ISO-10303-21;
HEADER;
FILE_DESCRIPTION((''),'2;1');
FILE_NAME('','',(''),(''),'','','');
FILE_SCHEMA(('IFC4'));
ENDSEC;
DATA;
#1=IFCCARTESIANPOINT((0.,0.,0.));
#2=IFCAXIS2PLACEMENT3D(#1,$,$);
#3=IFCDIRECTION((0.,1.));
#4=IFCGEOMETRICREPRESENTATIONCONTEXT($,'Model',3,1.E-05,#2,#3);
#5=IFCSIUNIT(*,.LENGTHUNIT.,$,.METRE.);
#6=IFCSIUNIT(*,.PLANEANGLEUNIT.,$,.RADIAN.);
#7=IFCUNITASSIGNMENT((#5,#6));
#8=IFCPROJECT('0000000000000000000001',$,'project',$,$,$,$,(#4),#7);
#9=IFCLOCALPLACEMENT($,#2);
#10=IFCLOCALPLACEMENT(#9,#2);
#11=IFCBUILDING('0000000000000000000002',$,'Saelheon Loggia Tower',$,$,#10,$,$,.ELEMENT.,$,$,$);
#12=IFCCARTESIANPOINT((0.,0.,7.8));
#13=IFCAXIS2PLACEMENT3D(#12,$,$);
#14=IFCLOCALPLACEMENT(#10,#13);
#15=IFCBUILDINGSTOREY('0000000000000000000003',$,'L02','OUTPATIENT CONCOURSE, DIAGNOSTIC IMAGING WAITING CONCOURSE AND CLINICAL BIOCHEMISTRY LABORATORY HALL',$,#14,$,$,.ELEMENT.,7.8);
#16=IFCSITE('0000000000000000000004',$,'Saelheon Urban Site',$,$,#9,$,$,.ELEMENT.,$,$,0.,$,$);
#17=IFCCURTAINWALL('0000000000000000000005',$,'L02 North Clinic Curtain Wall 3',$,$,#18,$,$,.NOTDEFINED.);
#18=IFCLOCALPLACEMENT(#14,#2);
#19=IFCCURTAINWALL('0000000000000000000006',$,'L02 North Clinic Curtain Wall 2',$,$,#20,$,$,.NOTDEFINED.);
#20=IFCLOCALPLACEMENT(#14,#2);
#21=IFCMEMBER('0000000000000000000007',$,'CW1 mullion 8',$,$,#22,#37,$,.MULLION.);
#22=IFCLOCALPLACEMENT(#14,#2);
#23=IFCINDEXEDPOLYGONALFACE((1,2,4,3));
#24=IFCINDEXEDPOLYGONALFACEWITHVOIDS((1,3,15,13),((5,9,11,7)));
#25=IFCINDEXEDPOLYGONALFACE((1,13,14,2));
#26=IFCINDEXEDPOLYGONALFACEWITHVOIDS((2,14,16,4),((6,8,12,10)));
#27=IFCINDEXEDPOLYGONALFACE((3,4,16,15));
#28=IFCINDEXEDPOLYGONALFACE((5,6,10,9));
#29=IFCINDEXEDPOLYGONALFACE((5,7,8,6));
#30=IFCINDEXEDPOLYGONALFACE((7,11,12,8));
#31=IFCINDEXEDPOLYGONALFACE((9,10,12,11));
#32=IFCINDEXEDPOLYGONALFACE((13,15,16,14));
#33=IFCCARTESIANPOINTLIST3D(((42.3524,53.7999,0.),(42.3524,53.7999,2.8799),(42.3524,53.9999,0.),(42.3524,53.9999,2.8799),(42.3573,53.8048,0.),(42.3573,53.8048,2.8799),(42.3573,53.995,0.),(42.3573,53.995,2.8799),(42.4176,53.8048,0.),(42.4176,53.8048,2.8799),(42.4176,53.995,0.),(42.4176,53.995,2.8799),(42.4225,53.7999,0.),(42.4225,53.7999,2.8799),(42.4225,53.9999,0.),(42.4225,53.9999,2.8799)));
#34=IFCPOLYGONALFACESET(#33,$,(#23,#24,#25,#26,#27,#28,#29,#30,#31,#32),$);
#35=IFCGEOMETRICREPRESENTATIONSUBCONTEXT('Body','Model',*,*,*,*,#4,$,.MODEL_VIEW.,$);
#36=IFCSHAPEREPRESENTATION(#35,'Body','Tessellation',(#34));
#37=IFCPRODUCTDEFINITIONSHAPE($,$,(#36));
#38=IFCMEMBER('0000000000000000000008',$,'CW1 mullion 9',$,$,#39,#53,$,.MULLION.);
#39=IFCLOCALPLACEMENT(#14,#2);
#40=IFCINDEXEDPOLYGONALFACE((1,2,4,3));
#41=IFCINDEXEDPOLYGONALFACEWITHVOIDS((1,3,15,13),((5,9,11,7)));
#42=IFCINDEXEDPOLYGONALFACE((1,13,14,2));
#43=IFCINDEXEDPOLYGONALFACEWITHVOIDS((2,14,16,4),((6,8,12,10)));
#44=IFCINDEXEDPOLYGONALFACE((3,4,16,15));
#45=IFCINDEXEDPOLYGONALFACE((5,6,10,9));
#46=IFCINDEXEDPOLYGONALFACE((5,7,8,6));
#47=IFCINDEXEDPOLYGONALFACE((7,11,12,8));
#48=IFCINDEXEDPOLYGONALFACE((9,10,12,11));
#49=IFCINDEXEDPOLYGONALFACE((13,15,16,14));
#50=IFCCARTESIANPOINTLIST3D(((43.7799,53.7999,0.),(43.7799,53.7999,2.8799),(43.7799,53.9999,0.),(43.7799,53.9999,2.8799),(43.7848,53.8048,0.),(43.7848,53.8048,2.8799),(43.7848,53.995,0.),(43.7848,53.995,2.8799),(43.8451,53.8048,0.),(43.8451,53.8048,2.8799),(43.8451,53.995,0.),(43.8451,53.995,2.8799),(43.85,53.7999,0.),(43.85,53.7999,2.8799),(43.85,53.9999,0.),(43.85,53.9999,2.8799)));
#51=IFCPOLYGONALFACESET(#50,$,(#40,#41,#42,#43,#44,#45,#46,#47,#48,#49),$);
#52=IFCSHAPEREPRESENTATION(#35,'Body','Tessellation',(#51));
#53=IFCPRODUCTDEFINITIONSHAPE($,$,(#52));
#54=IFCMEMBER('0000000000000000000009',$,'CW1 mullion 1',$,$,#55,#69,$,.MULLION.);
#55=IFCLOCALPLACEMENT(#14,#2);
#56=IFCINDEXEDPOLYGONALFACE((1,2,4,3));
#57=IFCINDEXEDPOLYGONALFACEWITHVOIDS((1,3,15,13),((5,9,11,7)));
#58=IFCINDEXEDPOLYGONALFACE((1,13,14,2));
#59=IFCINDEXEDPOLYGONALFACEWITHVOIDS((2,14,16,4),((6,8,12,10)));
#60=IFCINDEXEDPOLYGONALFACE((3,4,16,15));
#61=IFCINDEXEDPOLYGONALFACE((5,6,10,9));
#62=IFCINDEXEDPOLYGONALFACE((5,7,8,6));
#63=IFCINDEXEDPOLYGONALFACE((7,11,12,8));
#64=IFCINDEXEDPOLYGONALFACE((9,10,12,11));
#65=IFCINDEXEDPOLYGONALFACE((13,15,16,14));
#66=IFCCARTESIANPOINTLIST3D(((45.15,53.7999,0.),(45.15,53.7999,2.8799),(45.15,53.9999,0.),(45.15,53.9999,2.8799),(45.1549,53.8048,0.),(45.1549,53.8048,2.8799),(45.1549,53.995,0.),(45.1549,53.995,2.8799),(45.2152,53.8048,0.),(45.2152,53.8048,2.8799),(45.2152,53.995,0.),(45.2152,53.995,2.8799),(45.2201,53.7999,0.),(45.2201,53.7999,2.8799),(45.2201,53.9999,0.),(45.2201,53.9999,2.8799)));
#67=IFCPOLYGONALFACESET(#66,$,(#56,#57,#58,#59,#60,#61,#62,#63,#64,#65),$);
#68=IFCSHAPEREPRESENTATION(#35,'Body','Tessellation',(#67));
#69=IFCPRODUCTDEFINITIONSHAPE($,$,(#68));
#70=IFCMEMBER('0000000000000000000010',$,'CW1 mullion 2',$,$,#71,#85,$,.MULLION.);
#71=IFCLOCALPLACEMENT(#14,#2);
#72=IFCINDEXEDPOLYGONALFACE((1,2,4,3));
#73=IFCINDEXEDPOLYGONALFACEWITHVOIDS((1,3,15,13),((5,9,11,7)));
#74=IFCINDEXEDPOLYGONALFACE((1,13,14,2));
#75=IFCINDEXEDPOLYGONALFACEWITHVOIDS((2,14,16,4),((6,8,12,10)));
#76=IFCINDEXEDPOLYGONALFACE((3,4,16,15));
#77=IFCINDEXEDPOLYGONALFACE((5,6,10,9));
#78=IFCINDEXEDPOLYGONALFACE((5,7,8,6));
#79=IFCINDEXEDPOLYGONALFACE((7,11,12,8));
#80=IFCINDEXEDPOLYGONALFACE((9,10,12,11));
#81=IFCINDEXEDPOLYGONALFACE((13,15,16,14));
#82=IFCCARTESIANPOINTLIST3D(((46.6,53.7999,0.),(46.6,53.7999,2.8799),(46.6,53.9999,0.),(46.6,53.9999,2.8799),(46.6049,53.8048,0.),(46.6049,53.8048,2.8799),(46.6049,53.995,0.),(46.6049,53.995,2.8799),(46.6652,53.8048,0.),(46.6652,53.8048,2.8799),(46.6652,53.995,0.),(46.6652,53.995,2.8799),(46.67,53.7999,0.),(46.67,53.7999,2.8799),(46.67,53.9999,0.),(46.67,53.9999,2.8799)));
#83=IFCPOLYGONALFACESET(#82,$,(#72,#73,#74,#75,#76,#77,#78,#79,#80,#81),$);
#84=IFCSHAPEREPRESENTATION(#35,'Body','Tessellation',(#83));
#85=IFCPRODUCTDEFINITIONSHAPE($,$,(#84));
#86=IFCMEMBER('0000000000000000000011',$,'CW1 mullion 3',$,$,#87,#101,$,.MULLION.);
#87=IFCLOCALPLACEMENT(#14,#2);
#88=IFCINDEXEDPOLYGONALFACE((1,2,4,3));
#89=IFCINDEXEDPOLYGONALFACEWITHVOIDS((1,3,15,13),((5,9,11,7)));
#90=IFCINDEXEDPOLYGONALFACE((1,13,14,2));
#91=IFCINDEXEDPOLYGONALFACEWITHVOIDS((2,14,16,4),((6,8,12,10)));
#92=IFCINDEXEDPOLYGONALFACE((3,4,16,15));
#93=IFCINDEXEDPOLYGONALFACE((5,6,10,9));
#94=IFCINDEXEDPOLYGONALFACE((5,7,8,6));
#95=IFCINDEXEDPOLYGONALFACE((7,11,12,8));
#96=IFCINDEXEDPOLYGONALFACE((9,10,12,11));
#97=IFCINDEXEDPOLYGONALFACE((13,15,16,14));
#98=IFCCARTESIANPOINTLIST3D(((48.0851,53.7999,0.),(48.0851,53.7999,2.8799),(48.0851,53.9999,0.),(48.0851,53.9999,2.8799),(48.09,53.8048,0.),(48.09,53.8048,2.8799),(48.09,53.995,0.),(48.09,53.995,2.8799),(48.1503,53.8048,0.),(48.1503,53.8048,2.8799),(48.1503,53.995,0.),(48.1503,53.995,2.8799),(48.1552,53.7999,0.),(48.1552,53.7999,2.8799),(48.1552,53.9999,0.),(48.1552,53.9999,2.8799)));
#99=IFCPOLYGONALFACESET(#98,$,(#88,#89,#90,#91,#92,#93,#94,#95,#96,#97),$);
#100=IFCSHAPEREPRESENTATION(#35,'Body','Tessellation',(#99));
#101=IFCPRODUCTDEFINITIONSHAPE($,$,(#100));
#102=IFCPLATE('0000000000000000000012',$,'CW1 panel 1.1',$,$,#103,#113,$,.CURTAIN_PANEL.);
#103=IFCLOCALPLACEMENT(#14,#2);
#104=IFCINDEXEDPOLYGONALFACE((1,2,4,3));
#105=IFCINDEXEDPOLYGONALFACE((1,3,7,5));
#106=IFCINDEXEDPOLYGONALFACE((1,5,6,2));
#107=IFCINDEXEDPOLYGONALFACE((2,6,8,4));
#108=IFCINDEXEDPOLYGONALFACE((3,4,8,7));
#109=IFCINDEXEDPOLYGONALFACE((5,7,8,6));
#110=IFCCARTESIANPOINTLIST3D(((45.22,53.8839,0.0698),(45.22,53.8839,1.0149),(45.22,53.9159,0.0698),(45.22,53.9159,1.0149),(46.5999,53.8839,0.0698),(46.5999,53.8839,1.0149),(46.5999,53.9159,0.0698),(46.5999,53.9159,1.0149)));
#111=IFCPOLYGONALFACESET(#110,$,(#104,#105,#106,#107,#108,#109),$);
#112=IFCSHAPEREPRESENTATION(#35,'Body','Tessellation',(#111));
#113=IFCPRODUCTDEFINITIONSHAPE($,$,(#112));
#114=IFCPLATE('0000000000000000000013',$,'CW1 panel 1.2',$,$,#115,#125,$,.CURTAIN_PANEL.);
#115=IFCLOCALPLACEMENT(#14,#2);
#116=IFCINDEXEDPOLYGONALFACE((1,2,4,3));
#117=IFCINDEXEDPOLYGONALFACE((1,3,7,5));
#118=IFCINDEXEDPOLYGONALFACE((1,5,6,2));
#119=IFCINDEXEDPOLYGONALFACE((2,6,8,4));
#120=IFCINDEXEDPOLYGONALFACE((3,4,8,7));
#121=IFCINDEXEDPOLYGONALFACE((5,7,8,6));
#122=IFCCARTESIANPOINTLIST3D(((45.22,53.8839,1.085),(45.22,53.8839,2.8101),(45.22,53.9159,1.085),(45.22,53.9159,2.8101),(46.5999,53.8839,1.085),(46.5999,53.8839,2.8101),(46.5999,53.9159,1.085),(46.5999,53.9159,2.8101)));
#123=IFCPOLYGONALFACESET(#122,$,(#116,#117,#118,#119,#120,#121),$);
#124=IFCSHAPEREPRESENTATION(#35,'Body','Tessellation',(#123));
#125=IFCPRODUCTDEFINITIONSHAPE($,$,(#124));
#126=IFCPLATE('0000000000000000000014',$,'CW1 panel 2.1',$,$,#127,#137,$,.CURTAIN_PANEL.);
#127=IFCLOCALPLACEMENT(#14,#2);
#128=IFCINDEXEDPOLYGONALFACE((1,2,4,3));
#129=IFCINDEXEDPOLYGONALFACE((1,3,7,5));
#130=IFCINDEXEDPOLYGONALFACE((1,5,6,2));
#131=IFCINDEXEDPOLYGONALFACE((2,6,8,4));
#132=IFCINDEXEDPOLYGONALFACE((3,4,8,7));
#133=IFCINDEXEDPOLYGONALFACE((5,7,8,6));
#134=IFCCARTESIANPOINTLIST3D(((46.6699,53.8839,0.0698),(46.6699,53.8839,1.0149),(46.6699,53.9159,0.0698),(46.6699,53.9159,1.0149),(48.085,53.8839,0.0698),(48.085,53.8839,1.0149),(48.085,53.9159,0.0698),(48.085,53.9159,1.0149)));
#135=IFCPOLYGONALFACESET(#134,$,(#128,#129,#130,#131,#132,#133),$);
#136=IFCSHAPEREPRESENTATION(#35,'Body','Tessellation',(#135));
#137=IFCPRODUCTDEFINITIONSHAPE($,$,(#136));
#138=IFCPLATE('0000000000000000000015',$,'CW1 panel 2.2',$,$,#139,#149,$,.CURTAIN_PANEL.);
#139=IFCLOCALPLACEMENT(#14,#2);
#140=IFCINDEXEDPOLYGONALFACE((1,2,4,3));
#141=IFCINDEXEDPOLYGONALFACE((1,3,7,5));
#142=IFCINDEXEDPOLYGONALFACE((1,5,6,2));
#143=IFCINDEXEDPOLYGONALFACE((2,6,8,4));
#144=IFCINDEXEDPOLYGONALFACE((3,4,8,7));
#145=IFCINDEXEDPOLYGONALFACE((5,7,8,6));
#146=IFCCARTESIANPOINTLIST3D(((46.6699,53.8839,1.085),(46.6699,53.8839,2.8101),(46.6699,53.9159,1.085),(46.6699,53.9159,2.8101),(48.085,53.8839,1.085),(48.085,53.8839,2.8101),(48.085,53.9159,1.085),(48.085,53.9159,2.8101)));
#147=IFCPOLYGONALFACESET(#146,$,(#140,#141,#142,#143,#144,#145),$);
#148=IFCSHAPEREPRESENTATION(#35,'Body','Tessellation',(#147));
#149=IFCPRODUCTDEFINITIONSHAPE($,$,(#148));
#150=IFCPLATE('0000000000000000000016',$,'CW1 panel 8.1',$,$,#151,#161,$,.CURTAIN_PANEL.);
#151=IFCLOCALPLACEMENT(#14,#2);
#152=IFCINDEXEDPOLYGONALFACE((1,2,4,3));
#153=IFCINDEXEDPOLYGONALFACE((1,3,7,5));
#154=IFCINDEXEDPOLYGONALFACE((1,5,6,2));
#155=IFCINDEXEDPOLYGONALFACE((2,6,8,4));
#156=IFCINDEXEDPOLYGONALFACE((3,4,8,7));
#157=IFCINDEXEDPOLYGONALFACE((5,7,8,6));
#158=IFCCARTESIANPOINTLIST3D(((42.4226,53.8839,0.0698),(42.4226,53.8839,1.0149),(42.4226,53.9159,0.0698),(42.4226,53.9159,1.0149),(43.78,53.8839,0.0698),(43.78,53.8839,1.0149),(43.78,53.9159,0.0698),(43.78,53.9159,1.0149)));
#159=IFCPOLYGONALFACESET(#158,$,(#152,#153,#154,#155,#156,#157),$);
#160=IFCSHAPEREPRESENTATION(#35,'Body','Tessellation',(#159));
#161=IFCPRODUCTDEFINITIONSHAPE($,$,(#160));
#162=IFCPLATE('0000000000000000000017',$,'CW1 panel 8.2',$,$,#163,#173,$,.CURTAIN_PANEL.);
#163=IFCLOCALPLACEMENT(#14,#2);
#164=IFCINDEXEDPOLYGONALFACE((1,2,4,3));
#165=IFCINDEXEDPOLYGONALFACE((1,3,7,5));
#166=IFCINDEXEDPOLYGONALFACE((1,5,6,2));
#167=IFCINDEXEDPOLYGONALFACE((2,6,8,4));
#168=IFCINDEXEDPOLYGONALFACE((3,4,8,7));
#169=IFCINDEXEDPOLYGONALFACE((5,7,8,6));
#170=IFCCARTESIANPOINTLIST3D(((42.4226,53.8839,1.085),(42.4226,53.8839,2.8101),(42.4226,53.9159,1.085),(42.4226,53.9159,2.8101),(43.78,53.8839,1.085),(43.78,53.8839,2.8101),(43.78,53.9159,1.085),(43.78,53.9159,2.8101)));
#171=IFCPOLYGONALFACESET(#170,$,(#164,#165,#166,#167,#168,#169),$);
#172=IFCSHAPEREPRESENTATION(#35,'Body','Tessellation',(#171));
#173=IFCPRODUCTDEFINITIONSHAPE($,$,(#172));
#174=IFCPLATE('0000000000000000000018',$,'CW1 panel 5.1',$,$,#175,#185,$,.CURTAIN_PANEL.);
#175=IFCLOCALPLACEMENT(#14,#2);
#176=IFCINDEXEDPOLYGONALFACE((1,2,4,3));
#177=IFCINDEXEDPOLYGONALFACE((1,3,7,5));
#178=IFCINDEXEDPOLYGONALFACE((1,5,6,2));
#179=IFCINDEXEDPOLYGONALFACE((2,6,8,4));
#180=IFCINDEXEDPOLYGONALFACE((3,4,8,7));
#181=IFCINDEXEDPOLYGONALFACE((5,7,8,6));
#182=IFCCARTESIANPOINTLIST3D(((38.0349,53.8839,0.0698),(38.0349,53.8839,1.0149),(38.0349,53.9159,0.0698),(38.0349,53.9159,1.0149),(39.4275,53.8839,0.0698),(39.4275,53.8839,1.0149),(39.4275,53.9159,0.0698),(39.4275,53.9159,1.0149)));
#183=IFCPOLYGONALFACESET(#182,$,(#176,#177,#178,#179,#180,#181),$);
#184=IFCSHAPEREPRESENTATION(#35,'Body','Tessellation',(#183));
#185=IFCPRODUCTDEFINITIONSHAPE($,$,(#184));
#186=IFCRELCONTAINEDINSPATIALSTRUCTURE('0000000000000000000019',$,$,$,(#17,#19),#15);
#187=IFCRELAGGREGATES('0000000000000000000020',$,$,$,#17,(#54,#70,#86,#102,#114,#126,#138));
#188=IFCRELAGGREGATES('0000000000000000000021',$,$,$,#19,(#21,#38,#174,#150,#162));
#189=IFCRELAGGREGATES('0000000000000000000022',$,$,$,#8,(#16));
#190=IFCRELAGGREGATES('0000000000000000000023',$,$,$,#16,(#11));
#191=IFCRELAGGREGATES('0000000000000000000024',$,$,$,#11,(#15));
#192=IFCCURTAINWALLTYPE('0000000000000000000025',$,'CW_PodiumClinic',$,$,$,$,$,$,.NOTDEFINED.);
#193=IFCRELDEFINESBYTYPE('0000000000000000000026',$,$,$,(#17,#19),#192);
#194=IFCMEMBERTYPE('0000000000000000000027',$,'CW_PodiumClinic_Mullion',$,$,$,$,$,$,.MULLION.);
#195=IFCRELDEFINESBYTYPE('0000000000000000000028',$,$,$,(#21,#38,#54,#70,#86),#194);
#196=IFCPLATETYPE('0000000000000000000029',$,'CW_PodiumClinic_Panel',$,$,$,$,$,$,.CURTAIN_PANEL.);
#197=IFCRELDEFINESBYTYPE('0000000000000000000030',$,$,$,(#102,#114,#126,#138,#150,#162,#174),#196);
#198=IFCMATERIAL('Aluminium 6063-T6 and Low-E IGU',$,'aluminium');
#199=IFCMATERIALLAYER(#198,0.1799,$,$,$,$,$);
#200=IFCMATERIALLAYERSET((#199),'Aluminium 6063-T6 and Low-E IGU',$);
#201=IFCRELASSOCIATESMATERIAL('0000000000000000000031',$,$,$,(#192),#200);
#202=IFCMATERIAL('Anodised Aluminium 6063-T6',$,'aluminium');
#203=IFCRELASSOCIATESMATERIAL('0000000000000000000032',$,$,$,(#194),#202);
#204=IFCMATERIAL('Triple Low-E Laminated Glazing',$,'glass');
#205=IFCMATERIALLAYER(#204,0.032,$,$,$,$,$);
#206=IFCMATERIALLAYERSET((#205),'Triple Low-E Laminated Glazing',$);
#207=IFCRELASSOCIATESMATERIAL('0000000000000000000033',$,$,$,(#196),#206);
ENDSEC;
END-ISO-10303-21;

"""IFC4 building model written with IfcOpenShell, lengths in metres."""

from ifc_helpers import new_model, si_unit, direction, frame, origin, origin_2d, place, context, subcontext, project, spatial, rectangle, hollow_rectangle, extrude, source, transform, mapped, material, layer, layer_set, material_profile, profile_set, type_object, element, aggregate, save


model = new_model("IFC4")

# Units and contexts
model_context = context("Model", 3, precision=1e-05, world=origin(), true_north=direction((0.0, 1.0)))
body_context = subcontext(model_context, "Body", "Model", "MODEL_VIEW")
ifc_project = project(units=[si_unit("LENGTHUNIT", "METRE"), si_unit("PLANEANGLEUNIT", "RADIAN")], contexts=[model_context])

# Site, building, storey
site_placement = place(None, origin())
site = spatial("IfcSite", under=ifc_project, at=site_placement, Name="Saelheon Urban Site", CompositionType="ELEMENT", RefElevation=0.0)
building_placement = place(site_placement, origin())
building = spatial("IfcBuilding", under=site, at=building_placement, Name="Saelheon Loggia Tower", CompositionType="ELEMENT")
storey_placement = place(building_placement, frame((0.0, 0.0, 7.8)))
storey = spatial("IfcBuildingStorey", under=building, at=storey_placement, Name="L02", Description="OUTPATIENT CONCOURSE, DIAGNOSTIC IMAGING WAITING CONCOURSE AND CLINICAL BIOCHEMISTRY LABORATORY HALL", CompositionType="ELEMENT", Elevation=7.8)

# Curtain walls, members
ifc_material_1 = material(Name="Aluminium 6063-T6 and Low-E IGU", Category="aluminium")
ifc_layer_1 = layer(ifc_material_1, 0.1799)
ifc_layer_set_1 = layer_set([ifc_layer_1], Name="Aluminium 6063-T6 and Low-E IGU")
curtain_wall_type = type_object("IfcCurtainWallType", Name="CW_PodiumClinic", PredefinedType="NOTDEFINED", material=ifc_layer_set_1)
curtain_wall_1_placement = place(storey_placement, origin())
curtain_wall_1 = element("IfcCurtainWall", 1, at=curtain_wall_1_placement, inside=storey, type_object=curtain_wall_type, Name="L02 North Clinic Curtain Wall 3", PredefinedType="NOTDEFINED")
ifc_material_2 = material(Name="Anodised Aluminium 6063-T6", Category="aluminium")
curtain_wall_2_placement = place(storey_placement, origin())
curtain_wall_2 = element("IfcCurtainWall", 2, at=curtain_wall_2_placement, inside=storey, type_object=curtain_wall_type, Name="L02 North Clinic Curtain Wall 2", PredefinedType="NOTDEFINED")
ifc_material_profile_1 = material_profile(ifc_material_2, hollow_rectangle(XDim=0.0701, YDim=0.2, WallThickness=0.0049, at=origin_2d()), Name="RHS-200x70x5")
ifc_profile_set_1 = profile_set([ifc_material_profile_1], Name="Anodised Aluminium 6063-T6")
member_type_1 = type_object("IfcMemberType", Name="CW_PodiumClinic_Mullion", PredefinedType="MULLION", material=ifc_profile_set_1)
shared_shape_1 = source(origin(), body_context, "Body", "SweptSolid", [
    extrude(hollow_rectangle(XDim=0.0701, YDim=0.2, WallThickness=0.0049, at=origin_2d()), origin(), (0.0, 0.0, 1.0), 2.8799),
])
member_1_placement = place(storey_placement, frame((42.3875, 53.8999, 0.0), z_axis=(0.0, 0.0, 1.0), x_axis=(1.0, 0.0, 0.0)))
member_1 = element("IfcMember", 3, at=member_1_placement, type_object=member_type_1, Name="CW1 mullion 8", PredefinedType="MULLION", context=body_context, shape_type="MappedRepresentation", body=[
    mapped(shared_shape_1, transform((0.0, 0.0, 0.0), scale=1.0)),
])
member_2_placement = place(storey_placement, frame((43.8149, 53.8999, 0.0), z_axis=(0.0, 0.0, 1.0), x_axis=(1.0, 0.0, 0.0)))
member_2 = element("IfcMember", 4, at=member_2_placement, type_object=member_type_1, Name="CW1 mullion 9", PredefinedType="MULLION", context=body_context, shape_type="MappedRepresentation", body=[
    mapped(shared_shape_1, transform((0.0, 0.0, 0.0), scale=1.0)),
])

# Members
member_3_placement = place(storey_placement, frame((45.1851, 53.8999, 0.0), z_axis=(0.0, 0.0, 1.0), x_axis=(1.0, 0.0, 0.0)))
member_3 = element("IfcMember", 5, at=member_3_placement, type_object=member_type_1, Name="CW1 mullion 1", PredefinedType="MULLION", context=body_context, shape_type="MappedRepresentation", body=[
    mapped(shared_shape_1, transform((0.0, 0.0, 0.0), scale=1.0)),
])
member_4_placement = place(storey_placement, frame((46.635, 53.8999, 0.0), z_axis=(0.0, 0.0, 1.0), x_axis=(1.0, 0.0, 0.0)))
member_4 = element("IfcMember", 6, at=member_4_placement, type_object=member_type_1, Name="CW1 mullion 2", PredefinedType="MULLION", context=body_context, shape_type="MappedRepresentation", body=[
    mapped(shared_shape_1, transform((0.0, 0.0, 0.0), scale=1.0)),
])
member_5_placement = place(storey_placement, frame((48.1201, 53.8999, 0.0), z_axis=(0.0, 0.0, 1.0), x_axis=(1.0, 0.0, 0.0)))
member_5 = element("IfcMember", 7, at=member_5_placement, type_object=member_type_1, Name="CW1 mullion 3", PredefinedType="MULLION", context=body_context, shape_type="MappedRepresentation", body=[
    mapped(shared_shape_1, transform((0.0, 0.0, 0.0), scale=1.0)),
])

# Plates
ifc_material_3 = material(Name="Triple Low-E Laminated Glazing", Category="glass")
ifc_layer_2 = layer(ifc_material_3, 0.032)
ifc_layer_set_2 = layer_set([ifc_layer_2], Name="Triple Low-E Laminated Glazing")
plate_type = type_object("IfcPlateType", Name="CW_PodiumClinic_Panel", PredefinedType="CURTAIN_PANEL", material=ifc_layer_set_2)
shared_shape_2 = source(origin(), body_context, "Body", "SweptSolid", [
    extrude(rectangle(XDim=1.3799, YDim=0.032, at=origin_2d()), origin(), (0.0, 0.0, 1.0), 0.9451),
])
plate_1_placement = place(storey_placement, frame((45.9099, 53.8999, 0.0698), z_axis=(0.0, 0.0, 1.0), x_axis=(1.0, 0.0, 0.0)))
plate_1 = element("IfcPlate", 8, at=plate_1_placement, type_object=plate_type, Name="CW1 panel 1.1", PredefinedType="CURTAIN_PANEL", context=body_context, shape_type="MappedRepresentation", body=[
    mapped(shared_shape_2, transform((0.0, 0.0, 0.0), scale=1.0)),
])
shared_shape_3 = source(origin(), body_context, "Body", "SweptSolid", [
    extrude(rectangle(XDim=1.3799, YDim=0.032, at=origin_2d()), origin(), (0.0, 0.0, 1.0), 1.7251),
])
plate_2_placement = place(storey_placement, frame((45.9099, 53.8999, 1.085), z_axis=(0.0, 0.0, 1.0), x_axis=(1.0, 0.0, 0.0)))
plate_2 = element("IfcPlate", 9, at=plate_2_placement, type_object=plate_type, Name="CW1 panel 1.2", PredefinedType="CURTAIN_PANEL", context=body_context, shape_type="MappedRepresentation", body=[
    mapped(shared_shape_3, transform((0.0, 0.0, 0.0), scale=1.0)),
])
shared_shape_4 = source(origin(), body_context, "Body", "SweptSolid", [
    extrude(rectangle(XDim=1.415, YDim=0.032, at=origin_2d()), origin(), (0.0, 0.0, 1.0), 0.9451),
])
plate_3_placement = place(storey_placement, frame((47.3774, 53.8999, 0.0698), z_axis=(0.0, 0.0, 1.0), x_axis=(1.0, 0.0, 0.0)))
plate_3 = element("IfcPlate", 10, at=plate_3_placement, type_object=plate_type, Name="CW1 panel 2.1", PredefinedType="CURTAIN_PANEL", context=body_context, shape_type="MappedRepresentation", body=[
    mapped(shared_shape_4, transform((0.0, 0.0, 0.0), scale=1.0)),
])
shared_shape_5 = source(origin(), body_context, "Body", "SweptSolid", [
    extrude(rectangle(XDim=1.415, YDim=0.032, at=origin_2d()), origin(), (0.0, 0.0, 1.0), 1.7251),
])
plate_4_placement = place(storey_placement, frame((47.3774, 53.8999, 1.085), z_axis=(0.0, 0.0, 1.0), x_axis=(1.0, 0.0, 0.0)))
plate_4 = element("IfcPlate", 11, at=plate_4_placement, type_object=plate_type, Name="CW1 panel 2.2", PredefinedType="CURTAIN_PANEL", context=body_context, shape_type="MappedRepresentation", body=[
    mapped(shared_shape_5, transform((0.0, 0.0, 0.0), scale=1.0)),
])
aggregate(curtain_wall_1, [member_3, member_4, member_5, plate_1, plate_2, plate_3, plate_4])
shared_shape_6 = source(origin(), body_context, "Body", "SweptSolid", [
    extrude(rectangle(XDim=1.3574, YDim=0.032, at=origin_2d()), origin(), (0.0, 0.0, 1.0), 0.9451),
])
plate_5_placement = place(storey_placement, frame((43.1013, 53.8999, 0.0698), z_axis=(0.0, 0.0, 1.0), x_axis=(1.0, 0.0, 0.0)))
plate_5 = element("IfcPlate", 12, at=plate_5_placement, type_object=plate_type, Name="CW1 panel 8.1", PredefinedType="CURTAIN_PANEL", context=body_context, shape_type="MappedRepresentation", body=[
    mapped(shared_shape_6, transform((0.0, 0.0, 0.0), scale=1.0)),
])
shared_shape_7 = source(origin(), body_context, "Body", "SweptSolid", [
    extrude(rectangle(XDim=1.3574, YDim=0.032, at=origin_2d()), origin(), (0.0, 0.0, 1.0), 1.7251),
])
plate_6_placement = place(storey_placement, frame((43.1013, 53.8999, 1.085), z_axis=(0.0, 0.0, 1.0), x_axis=(1.0, 0.0, 0.0)))
plate_6 = element("IfcPlate", 13, at=plate_6_placement, type_object=plate_type, Name="CW1 panel 8.2", PredefinedType="CURTAIN_PANEL", context=body_context, shape_type="MappedRepresentation", body=[
    mapped(shared_shape_7, transform((0.0, 0.0, 0.0), scale=1.0)),
])
shared_shape_8 = source(origin(), body_context, "Body", "SweptSolid", [
    extrude(rectangle(XDim=1.3926, YDim=0.032, at=origin_2d()), origin(), (0.0, 0.0, 1.0), 0.9451),
])
plate_7_placement = place(storey_placement, frame((38.7312, 53.8999, 0.0698), z_axis=(0.0, 0.0, 1.0), x_axis=(1.0, 0.0, 0.0)))
plate_7 = element("IfcPlate", 14, at=plate_7_placement, type_object=plate_type, Name="CW1 panel 5.1", PredefinedType="CURTAIN_PANEL", context=body_context, shape_type="MappedRepresentation", body=[
    mapped(shared_shape_8, transform((0.0, 0.0, 0.0), scale=1.0)),
])
aggregate(curtain_wall_2, [member_1, member_2, plate_7, plate_5, plate_6])

save(model, "model.ifc")
